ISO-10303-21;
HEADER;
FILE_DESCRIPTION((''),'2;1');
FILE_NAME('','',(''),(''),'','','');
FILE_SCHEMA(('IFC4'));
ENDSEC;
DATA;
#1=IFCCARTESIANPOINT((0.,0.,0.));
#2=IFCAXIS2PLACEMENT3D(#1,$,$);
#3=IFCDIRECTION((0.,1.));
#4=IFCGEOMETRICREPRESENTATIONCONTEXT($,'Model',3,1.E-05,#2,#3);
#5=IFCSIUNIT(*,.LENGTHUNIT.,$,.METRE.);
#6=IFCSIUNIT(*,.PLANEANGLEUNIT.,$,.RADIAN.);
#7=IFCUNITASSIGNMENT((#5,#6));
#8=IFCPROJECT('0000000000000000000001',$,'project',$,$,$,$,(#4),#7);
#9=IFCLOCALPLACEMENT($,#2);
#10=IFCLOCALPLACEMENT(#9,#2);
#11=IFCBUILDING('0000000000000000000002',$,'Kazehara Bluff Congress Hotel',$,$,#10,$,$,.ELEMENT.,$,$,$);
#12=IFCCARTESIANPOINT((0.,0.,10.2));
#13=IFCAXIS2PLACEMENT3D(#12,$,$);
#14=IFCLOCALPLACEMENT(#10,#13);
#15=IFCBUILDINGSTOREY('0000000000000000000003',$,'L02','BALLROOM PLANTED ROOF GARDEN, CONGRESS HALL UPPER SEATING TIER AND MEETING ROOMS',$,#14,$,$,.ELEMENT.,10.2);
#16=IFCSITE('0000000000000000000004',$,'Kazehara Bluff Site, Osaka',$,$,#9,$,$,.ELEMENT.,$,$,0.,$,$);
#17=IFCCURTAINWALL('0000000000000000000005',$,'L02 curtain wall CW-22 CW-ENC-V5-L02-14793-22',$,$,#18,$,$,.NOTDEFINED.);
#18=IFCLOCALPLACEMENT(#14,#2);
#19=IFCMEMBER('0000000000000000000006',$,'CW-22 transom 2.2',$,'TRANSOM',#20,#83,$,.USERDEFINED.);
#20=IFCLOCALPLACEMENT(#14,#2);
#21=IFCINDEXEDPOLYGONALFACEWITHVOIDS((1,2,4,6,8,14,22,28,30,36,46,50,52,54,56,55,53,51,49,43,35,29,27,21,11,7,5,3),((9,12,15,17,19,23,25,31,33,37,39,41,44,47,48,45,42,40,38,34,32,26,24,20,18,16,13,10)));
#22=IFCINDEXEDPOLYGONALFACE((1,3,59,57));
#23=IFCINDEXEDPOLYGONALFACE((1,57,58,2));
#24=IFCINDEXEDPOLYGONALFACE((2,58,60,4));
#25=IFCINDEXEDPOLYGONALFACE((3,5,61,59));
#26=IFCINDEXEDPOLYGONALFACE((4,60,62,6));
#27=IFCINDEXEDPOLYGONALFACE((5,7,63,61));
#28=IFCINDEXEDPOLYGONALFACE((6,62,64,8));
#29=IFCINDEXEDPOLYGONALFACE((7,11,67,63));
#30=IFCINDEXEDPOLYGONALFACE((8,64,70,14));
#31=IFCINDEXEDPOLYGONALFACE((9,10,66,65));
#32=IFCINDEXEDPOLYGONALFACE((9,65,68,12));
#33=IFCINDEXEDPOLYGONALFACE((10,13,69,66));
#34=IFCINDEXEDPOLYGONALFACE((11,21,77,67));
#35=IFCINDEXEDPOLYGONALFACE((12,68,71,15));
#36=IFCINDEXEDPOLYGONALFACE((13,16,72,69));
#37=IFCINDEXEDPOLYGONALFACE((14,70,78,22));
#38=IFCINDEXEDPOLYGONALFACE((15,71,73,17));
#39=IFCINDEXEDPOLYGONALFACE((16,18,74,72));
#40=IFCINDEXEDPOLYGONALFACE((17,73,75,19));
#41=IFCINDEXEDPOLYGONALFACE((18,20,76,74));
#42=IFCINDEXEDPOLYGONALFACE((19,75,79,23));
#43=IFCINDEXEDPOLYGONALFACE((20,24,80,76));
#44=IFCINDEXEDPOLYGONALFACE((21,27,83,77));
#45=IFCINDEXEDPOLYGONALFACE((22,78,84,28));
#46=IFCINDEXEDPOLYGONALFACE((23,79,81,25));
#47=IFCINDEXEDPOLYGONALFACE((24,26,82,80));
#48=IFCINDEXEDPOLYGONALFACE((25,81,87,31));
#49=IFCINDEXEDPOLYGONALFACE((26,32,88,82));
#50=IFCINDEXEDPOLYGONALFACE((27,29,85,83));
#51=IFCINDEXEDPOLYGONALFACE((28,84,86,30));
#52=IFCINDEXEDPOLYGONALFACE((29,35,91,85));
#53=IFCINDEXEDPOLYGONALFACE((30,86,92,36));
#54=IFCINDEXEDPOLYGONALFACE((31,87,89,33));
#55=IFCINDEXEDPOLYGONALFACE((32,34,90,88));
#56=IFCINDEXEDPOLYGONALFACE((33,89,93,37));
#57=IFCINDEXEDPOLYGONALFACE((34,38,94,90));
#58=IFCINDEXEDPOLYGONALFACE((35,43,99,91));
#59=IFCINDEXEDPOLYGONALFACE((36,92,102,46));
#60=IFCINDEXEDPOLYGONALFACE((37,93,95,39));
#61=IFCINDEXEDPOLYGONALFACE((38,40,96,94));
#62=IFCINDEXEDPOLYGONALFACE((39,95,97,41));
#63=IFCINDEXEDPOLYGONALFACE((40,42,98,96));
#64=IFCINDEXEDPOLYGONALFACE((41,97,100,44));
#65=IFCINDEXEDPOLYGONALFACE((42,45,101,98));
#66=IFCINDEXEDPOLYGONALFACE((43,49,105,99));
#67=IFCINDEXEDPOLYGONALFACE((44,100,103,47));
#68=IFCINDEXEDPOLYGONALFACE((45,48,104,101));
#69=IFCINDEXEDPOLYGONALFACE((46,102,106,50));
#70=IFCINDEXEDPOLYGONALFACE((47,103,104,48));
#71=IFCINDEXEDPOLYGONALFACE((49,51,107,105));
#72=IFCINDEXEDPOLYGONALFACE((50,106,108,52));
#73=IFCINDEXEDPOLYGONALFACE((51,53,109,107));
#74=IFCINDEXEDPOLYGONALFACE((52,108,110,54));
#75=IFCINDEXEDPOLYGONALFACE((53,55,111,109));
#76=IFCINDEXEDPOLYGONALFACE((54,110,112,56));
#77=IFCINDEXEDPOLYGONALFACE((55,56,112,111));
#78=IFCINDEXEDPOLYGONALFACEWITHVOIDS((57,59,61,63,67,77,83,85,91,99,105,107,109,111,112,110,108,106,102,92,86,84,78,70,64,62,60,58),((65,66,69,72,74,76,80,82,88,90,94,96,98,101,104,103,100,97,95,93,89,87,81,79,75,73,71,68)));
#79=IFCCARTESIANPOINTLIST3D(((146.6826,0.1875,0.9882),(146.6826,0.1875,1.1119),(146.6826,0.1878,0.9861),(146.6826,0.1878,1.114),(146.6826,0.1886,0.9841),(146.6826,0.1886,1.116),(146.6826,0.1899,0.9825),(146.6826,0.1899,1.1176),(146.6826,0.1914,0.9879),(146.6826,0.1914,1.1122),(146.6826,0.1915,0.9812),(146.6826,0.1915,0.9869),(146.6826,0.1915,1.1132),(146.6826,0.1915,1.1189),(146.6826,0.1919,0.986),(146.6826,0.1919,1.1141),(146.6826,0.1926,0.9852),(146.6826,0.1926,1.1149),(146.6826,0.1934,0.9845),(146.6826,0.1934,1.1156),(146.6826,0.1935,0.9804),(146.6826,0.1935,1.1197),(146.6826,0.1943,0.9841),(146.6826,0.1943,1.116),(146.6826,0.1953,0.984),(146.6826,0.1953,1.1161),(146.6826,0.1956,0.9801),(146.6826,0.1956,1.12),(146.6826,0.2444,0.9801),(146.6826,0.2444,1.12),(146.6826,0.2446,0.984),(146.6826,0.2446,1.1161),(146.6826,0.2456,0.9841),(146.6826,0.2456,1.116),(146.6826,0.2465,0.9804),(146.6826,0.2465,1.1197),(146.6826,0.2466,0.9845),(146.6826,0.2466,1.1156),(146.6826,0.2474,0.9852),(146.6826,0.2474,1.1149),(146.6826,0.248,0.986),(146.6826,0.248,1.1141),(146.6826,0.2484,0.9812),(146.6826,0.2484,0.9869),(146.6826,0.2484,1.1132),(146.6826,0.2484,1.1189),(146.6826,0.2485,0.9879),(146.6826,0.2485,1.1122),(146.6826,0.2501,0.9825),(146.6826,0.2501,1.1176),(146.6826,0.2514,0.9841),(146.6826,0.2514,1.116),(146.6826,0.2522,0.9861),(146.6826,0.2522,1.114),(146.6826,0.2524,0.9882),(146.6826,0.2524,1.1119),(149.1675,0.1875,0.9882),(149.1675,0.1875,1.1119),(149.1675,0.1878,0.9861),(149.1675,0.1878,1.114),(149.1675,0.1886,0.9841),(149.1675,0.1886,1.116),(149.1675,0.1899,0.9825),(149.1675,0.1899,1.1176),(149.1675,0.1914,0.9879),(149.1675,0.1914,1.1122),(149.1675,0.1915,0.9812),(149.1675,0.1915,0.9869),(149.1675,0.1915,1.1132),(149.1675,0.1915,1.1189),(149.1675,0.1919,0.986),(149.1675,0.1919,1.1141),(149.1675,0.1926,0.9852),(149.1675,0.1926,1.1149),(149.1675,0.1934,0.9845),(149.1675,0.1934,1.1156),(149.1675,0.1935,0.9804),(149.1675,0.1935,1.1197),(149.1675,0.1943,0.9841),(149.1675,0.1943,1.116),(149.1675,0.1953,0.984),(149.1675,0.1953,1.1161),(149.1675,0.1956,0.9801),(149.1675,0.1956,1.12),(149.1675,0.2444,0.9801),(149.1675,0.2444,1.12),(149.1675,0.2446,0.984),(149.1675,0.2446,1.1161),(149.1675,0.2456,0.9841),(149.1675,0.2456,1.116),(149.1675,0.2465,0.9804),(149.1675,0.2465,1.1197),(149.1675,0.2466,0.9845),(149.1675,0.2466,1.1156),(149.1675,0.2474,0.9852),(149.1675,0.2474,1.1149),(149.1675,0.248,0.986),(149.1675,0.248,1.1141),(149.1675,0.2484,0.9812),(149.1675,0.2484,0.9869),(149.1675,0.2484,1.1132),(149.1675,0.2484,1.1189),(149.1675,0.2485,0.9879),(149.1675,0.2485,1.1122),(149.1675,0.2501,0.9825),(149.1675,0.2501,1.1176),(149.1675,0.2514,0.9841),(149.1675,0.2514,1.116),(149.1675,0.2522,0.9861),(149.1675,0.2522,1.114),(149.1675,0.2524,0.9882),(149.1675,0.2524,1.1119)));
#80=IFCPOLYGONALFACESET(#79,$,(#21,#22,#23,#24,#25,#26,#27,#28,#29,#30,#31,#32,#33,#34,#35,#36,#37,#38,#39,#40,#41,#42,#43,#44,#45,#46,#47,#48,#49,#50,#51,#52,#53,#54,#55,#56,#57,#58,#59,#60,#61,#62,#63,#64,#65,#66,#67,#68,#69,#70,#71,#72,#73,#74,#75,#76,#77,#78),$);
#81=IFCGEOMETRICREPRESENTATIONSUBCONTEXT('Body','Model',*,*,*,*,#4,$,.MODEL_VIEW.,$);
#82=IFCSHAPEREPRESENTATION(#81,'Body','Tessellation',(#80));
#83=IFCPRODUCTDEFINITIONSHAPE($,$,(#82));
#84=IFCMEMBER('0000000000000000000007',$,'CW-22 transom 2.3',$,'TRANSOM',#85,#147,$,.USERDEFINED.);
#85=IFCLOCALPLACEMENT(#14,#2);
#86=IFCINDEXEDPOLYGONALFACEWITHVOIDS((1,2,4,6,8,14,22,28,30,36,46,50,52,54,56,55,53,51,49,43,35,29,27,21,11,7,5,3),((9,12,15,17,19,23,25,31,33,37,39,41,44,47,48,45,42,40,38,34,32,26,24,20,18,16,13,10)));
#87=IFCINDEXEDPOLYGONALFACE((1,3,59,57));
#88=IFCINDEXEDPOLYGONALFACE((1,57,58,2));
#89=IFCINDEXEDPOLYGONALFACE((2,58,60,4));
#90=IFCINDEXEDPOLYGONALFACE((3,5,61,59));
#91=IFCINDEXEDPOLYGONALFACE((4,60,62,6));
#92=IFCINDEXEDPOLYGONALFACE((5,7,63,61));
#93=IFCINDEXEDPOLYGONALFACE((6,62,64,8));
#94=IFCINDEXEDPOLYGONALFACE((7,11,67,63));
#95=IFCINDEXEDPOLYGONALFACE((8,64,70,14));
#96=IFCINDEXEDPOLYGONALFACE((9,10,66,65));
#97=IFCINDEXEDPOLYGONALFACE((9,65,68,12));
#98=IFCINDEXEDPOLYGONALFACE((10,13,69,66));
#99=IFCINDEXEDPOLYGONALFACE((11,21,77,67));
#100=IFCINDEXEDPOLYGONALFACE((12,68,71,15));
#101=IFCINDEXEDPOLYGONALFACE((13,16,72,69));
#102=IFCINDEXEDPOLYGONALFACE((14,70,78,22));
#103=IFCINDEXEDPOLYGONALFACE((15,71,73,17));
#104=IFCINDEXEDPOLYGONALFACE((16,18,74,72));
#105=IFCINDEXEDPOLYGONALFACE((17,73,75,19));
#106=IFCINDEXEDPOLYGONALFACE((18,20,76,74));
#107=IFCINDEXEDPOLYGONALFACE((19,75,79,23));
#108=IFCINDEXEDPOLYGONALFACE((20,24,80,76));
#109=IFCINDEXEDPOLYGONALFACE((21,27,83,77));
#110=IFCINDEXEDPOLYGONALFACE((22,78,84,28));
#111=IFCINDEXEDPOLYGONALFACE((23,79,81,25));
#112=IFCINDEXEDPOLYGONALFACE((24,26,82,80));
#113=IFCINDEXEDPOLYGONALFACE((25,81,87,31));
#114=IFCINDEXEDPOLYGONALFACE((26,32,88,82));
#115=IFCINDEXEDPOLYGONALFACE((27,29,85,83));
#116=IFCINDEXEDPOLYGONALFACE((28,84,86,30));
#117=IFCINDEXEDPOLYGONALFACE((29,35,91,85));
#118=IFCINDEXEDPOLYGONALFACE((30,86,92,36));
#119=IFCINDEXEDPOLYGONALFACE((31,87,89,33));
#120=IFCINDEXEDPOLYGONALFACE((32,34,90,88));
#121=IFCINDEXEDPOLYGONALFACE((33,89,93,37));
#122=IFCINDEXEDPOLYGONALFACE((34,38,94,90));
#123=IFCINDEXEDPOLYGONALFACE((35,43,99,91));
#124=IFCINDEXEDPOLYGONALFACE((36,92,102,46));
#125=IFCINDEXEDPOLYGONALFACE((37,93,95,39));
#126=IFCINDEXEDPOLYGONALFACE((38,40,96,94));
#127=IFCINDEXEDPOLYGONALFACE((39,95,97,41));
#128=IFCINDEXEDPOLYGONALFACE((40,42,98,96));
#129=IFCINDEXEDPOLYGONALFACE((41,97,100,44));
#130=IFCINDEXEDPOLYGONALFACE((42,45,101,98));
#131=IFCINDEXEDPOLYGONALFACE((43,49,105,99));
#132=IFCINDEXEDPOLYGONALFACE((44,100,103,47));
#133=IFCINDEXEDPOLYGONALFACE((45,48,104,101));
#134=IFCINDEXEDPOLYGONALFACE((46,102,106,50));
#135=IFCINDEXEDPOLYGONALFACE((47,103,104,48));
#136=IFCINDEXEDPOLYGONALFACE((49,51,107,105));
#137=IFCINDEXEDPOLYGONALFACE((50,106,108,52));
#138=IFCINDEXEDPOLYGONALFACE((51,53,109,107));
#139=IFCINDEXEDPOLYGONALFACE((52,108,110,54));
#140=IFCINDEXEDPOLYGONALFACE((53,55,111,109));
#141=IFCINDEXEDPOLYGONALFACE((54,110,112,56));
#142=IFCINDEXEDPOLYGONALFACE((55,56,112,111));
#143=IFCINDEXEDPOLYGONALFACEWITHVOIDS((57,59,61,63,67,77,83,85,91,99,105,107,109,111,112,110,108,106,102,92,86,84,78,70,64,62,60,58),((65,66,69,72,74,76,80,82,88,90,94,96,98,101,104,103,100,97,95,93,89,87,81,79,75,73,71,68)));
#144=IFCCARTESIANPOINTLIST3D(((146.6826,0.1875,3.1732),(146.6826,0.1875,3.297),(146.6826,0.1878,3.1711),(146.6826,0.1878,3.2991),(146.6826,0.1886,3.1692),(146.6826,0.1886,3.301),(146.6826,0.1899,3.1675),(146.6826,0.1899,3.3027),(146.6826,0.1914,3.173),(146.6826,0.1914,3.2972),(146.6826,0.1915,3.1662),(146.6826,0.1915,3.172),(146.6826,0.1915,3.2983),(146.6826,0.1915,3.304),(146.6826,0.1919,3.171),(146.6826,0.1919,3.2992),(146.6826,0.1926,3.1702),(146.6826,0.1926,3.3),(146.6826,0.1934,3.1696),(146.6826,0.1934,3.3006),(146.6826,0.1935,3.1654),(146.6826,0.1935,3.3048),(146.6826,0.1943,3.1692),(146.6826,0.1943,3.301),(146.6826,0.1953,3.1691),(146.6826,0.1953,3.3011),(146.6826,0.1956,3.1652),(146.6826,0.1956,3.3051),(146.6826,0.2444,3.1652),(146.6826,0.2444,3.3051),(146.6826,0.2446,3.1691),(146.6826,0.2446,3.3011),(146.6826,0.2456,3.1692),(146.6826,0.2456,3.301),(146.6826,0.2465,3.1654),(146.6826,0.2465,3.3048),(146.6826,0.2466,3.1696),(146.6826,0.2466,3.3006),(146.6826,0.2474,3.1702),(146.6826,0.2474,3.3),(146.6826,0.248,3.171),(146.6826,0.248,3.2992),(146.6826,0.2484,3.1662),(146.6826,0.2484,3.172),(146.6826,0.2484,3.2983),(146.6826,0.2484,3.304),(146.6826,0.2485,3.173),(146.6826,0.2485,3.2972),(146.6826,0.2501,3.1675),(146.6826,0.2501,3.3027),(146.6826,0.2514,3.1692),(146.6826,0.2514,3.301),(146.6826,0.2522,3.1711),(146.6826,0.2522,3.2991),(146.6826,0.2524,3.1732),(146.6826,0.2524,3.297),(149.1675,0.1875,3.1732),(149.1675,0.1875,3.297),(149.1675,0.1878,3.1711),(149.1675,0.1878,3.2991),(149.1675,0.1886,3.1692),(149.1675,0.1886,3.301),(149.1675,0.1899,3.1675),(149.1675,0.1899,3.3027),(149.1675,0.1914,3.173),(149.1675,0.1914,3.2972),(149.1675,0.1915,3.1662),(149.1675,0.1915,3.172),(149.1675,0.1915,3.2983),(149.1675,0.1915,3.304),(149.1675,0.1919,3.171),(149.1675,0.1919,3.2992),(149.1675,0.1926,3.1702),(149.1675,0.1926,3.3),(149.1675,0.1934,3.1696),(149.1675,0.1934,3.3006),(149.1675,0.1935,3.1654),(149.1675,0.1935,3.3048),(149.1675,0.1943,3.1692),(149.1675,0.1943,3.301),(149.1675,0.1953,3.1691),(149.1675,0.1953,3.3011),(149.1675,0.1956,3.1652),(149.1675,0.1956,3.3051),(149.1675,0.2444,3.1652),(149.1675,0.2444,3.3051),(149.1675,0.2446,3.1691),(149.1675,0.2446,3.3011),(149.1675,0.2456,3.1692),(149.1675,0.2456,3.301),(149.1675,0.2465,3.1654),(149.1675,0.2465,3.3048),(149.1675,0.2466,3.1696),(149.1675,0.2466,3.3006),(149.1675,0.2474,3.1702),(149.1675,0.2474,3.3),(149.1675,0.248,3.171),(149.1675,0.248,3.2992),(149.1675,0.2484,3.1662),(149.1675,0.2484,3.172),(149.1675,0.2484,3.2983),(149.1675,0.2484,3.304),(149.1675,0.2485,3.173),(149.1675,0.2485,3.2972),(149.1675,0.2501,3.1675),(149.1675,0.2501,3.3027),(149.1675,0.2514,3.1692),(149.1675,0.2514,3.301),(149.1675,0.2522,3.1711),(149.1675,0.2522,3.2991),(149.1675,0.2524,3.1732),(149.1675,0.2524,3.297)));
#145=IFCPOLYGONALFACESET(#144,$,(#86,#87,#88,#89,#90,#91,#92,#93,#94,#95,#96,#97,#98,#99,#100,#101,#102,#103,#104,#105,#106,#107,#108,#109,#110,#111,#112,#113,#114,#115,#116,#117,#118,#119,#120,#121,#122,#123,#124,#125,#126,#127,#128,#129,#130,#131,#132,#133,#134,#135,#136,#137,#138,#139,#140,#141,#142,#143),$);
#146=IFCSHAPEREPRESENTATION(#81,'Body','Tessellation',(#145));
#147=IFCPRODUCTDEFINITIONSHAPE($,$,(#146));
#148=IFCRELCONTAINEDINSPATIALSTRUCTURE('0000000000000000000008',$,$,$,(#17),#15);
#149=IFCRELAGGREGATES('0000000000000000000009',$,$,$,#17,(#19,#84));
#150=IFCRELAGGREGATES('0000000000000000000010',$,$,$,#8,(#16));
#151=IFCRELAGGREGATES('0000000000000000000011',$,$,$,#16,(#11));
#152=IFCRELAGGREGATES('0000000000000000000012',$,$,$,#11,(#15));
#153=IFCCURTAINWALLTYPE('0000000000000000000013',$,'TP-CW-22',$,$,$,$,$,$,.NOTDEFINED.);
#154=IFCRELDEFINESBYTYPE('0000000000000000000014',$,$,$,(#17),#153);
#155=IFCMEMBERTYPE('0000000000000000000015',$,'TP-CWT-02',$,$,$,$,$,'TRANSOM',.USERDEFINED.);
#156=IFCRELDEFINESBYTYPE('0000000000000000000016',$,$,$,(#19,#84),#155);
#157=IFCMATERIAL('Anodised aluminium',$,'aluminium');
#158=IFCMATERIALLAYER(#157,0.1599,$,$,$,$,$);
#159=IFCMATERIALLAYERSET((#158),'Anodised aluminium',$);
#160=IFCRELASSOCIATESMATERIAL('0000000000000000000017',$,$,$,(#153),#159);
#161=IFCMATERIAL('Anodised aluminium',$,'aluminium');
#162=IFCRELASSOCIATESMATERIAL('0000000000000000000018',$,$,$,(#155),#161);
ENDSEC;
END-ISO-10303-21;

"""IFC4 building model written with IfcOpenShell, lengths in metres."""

from ifc_helpers import new_model, si_unit, direction, frame, origin, origin_2d, place, context, subcontext, project, spatial, hollow_rectangle, extrude, material, layer, layer_set, material_profile, profile_set, type_object, element, aggregate, save


model = new_model("IFC4")

# Units and contexts
model_context = context("Model", 3, precision=1e-05, world=origin(), true_north=direction((0.0, 1.0)))
body_context = subcontext(model_context, "Body", "Model", "MODEL_VIEW")
ifc_project = project(units=[si_unit("LENGTHUNIT", "METRE"), si_unit("PLANEANGLEUNIT", "RADIAN")], contexts=[model_context])

# Site, building, storey
site_placement = place(None, origin())
site = spatial("IfcSite", under=ifc_project, at=site_placement, Name="Kazehara Bluff Site, Osaka", CompositionType="ELEMENT", RefElevation=0.0)
building_placement = place(site_placement, origin())
building = spatial("IfcBuilding", under=site, at=building_placement, Name="Kazehara Bluff Congress Hotel", CompositionType="ELEMENT")
storey_placement = place(building_placement, frame((0.0, 0.0, 10.2)))
storey = spatial("IfcBuildingStorey", under=building, at=storey_placement, Name="L02", Description="BALLROOM PLANTED ROOF GARDEN, CONGRESS HALL UPPER SEATING TIER AND MEETING ROOMS", CompositionType="ELEMENT", Elevation=10.2)

# Curtain wall
ifc_material_1 = material(Name="Anodised aluminium", Category="aluminium")
ifc_layer_1 = layer(ifc_material_1, 0.1599)
ifc_layer_set_1 = layer_set([ifc_layer_1], Name="Anodised aluminium")
curtain_wall_type_1 = type_object("IfcCurtainWallType", Name="TP-CW-22", PredefinedType="NOTDEFINED", material=ifc_layer_set_1)
curtain_wall_1_placement = place(storey_placement, origin())
curtain_wall_1 = element("IfcCurtainWall", 1, at=curtain_wall_1_placement, inside=storey, type_object=curtain_wall_type_1, Name="L02 curtain wall CW-22 CW-ENC-V5-L02-14793-22", PredefinedType="NOTDEFINED")

# Members
ifc_material_2 = material(Name="Anodised aluminium", Category="aluminium")
ifc_material_profile_1 = material_profile(ifc_material_2, hollow_rectangle(XDim=0.0649, YDim=0.1399, WallThickness=0.0039, InnerFilletRadius=0.0039, OuterFilletRadius=0.0081, at=origin_2d()))
ifc_profile_set_1 = profile_set([ifc_material_profile_1], Name="Anodised aluminium")
member_type_1 = type_object("IfcMemberType", Name="TP-CWT-02", ElementType="TRANSOM", PredefinedType="USERDEFINED", material=ifc_profile_set_1)
member_1_placement = place(storey_placement, frame((149.1675, 0.22, 1.05), z_axis=(-1.0, 0.0, 0.0), x_axis=(0.0, -1.0, 0.0)))
member_1 = element("IfcMember", 2, at=member_1_placement, type_object=member_type_1, Name="CW-22 transom 2.2", ObjectType="TRANSOM", PredefinedType="USERDEFINED", context=body_context, shape_type="SweptSolid", body=[
    extrude(hollow_rectangle(XDim=0.0649, YDim=0.1399, WallThickness=0.0039, InnerFilletRadius=0.0039, OuterFilletRadius=0.0081, at=origin_2d()), origin(), (0.0, 0.0, 1.0), 2.4849),
])
member_2_placement = place(storey_placement, frame((149.1675, 0.22, 3.2351), z_axis=(-1.0, 0.0, 0.0), x_axis=(0.0, -1.0, 0.0)))
member_2 = element("IfcMember", 3, at=member_2_placement, type_object=member_type_1, Name="CW-22 transom 2.3", ObjectType="TRANSOM", PredefinedType="USERDEFINED", context=body_context, shape_type="SweptSolid", body=[
    extrude(hollow_rectangle(XDim=0.0649, YDim=0.1399, WallThickness=0.0039, InnerFilletRadius=0.0039, OuterFilletRadius=0.0081, at=origin_2d()), origin(), (0.0, 0.0, 1.0), 2.4849),
])

aggregate(curtain_wall_1, [member_1, member_2])

save(model, "model.ifc")
